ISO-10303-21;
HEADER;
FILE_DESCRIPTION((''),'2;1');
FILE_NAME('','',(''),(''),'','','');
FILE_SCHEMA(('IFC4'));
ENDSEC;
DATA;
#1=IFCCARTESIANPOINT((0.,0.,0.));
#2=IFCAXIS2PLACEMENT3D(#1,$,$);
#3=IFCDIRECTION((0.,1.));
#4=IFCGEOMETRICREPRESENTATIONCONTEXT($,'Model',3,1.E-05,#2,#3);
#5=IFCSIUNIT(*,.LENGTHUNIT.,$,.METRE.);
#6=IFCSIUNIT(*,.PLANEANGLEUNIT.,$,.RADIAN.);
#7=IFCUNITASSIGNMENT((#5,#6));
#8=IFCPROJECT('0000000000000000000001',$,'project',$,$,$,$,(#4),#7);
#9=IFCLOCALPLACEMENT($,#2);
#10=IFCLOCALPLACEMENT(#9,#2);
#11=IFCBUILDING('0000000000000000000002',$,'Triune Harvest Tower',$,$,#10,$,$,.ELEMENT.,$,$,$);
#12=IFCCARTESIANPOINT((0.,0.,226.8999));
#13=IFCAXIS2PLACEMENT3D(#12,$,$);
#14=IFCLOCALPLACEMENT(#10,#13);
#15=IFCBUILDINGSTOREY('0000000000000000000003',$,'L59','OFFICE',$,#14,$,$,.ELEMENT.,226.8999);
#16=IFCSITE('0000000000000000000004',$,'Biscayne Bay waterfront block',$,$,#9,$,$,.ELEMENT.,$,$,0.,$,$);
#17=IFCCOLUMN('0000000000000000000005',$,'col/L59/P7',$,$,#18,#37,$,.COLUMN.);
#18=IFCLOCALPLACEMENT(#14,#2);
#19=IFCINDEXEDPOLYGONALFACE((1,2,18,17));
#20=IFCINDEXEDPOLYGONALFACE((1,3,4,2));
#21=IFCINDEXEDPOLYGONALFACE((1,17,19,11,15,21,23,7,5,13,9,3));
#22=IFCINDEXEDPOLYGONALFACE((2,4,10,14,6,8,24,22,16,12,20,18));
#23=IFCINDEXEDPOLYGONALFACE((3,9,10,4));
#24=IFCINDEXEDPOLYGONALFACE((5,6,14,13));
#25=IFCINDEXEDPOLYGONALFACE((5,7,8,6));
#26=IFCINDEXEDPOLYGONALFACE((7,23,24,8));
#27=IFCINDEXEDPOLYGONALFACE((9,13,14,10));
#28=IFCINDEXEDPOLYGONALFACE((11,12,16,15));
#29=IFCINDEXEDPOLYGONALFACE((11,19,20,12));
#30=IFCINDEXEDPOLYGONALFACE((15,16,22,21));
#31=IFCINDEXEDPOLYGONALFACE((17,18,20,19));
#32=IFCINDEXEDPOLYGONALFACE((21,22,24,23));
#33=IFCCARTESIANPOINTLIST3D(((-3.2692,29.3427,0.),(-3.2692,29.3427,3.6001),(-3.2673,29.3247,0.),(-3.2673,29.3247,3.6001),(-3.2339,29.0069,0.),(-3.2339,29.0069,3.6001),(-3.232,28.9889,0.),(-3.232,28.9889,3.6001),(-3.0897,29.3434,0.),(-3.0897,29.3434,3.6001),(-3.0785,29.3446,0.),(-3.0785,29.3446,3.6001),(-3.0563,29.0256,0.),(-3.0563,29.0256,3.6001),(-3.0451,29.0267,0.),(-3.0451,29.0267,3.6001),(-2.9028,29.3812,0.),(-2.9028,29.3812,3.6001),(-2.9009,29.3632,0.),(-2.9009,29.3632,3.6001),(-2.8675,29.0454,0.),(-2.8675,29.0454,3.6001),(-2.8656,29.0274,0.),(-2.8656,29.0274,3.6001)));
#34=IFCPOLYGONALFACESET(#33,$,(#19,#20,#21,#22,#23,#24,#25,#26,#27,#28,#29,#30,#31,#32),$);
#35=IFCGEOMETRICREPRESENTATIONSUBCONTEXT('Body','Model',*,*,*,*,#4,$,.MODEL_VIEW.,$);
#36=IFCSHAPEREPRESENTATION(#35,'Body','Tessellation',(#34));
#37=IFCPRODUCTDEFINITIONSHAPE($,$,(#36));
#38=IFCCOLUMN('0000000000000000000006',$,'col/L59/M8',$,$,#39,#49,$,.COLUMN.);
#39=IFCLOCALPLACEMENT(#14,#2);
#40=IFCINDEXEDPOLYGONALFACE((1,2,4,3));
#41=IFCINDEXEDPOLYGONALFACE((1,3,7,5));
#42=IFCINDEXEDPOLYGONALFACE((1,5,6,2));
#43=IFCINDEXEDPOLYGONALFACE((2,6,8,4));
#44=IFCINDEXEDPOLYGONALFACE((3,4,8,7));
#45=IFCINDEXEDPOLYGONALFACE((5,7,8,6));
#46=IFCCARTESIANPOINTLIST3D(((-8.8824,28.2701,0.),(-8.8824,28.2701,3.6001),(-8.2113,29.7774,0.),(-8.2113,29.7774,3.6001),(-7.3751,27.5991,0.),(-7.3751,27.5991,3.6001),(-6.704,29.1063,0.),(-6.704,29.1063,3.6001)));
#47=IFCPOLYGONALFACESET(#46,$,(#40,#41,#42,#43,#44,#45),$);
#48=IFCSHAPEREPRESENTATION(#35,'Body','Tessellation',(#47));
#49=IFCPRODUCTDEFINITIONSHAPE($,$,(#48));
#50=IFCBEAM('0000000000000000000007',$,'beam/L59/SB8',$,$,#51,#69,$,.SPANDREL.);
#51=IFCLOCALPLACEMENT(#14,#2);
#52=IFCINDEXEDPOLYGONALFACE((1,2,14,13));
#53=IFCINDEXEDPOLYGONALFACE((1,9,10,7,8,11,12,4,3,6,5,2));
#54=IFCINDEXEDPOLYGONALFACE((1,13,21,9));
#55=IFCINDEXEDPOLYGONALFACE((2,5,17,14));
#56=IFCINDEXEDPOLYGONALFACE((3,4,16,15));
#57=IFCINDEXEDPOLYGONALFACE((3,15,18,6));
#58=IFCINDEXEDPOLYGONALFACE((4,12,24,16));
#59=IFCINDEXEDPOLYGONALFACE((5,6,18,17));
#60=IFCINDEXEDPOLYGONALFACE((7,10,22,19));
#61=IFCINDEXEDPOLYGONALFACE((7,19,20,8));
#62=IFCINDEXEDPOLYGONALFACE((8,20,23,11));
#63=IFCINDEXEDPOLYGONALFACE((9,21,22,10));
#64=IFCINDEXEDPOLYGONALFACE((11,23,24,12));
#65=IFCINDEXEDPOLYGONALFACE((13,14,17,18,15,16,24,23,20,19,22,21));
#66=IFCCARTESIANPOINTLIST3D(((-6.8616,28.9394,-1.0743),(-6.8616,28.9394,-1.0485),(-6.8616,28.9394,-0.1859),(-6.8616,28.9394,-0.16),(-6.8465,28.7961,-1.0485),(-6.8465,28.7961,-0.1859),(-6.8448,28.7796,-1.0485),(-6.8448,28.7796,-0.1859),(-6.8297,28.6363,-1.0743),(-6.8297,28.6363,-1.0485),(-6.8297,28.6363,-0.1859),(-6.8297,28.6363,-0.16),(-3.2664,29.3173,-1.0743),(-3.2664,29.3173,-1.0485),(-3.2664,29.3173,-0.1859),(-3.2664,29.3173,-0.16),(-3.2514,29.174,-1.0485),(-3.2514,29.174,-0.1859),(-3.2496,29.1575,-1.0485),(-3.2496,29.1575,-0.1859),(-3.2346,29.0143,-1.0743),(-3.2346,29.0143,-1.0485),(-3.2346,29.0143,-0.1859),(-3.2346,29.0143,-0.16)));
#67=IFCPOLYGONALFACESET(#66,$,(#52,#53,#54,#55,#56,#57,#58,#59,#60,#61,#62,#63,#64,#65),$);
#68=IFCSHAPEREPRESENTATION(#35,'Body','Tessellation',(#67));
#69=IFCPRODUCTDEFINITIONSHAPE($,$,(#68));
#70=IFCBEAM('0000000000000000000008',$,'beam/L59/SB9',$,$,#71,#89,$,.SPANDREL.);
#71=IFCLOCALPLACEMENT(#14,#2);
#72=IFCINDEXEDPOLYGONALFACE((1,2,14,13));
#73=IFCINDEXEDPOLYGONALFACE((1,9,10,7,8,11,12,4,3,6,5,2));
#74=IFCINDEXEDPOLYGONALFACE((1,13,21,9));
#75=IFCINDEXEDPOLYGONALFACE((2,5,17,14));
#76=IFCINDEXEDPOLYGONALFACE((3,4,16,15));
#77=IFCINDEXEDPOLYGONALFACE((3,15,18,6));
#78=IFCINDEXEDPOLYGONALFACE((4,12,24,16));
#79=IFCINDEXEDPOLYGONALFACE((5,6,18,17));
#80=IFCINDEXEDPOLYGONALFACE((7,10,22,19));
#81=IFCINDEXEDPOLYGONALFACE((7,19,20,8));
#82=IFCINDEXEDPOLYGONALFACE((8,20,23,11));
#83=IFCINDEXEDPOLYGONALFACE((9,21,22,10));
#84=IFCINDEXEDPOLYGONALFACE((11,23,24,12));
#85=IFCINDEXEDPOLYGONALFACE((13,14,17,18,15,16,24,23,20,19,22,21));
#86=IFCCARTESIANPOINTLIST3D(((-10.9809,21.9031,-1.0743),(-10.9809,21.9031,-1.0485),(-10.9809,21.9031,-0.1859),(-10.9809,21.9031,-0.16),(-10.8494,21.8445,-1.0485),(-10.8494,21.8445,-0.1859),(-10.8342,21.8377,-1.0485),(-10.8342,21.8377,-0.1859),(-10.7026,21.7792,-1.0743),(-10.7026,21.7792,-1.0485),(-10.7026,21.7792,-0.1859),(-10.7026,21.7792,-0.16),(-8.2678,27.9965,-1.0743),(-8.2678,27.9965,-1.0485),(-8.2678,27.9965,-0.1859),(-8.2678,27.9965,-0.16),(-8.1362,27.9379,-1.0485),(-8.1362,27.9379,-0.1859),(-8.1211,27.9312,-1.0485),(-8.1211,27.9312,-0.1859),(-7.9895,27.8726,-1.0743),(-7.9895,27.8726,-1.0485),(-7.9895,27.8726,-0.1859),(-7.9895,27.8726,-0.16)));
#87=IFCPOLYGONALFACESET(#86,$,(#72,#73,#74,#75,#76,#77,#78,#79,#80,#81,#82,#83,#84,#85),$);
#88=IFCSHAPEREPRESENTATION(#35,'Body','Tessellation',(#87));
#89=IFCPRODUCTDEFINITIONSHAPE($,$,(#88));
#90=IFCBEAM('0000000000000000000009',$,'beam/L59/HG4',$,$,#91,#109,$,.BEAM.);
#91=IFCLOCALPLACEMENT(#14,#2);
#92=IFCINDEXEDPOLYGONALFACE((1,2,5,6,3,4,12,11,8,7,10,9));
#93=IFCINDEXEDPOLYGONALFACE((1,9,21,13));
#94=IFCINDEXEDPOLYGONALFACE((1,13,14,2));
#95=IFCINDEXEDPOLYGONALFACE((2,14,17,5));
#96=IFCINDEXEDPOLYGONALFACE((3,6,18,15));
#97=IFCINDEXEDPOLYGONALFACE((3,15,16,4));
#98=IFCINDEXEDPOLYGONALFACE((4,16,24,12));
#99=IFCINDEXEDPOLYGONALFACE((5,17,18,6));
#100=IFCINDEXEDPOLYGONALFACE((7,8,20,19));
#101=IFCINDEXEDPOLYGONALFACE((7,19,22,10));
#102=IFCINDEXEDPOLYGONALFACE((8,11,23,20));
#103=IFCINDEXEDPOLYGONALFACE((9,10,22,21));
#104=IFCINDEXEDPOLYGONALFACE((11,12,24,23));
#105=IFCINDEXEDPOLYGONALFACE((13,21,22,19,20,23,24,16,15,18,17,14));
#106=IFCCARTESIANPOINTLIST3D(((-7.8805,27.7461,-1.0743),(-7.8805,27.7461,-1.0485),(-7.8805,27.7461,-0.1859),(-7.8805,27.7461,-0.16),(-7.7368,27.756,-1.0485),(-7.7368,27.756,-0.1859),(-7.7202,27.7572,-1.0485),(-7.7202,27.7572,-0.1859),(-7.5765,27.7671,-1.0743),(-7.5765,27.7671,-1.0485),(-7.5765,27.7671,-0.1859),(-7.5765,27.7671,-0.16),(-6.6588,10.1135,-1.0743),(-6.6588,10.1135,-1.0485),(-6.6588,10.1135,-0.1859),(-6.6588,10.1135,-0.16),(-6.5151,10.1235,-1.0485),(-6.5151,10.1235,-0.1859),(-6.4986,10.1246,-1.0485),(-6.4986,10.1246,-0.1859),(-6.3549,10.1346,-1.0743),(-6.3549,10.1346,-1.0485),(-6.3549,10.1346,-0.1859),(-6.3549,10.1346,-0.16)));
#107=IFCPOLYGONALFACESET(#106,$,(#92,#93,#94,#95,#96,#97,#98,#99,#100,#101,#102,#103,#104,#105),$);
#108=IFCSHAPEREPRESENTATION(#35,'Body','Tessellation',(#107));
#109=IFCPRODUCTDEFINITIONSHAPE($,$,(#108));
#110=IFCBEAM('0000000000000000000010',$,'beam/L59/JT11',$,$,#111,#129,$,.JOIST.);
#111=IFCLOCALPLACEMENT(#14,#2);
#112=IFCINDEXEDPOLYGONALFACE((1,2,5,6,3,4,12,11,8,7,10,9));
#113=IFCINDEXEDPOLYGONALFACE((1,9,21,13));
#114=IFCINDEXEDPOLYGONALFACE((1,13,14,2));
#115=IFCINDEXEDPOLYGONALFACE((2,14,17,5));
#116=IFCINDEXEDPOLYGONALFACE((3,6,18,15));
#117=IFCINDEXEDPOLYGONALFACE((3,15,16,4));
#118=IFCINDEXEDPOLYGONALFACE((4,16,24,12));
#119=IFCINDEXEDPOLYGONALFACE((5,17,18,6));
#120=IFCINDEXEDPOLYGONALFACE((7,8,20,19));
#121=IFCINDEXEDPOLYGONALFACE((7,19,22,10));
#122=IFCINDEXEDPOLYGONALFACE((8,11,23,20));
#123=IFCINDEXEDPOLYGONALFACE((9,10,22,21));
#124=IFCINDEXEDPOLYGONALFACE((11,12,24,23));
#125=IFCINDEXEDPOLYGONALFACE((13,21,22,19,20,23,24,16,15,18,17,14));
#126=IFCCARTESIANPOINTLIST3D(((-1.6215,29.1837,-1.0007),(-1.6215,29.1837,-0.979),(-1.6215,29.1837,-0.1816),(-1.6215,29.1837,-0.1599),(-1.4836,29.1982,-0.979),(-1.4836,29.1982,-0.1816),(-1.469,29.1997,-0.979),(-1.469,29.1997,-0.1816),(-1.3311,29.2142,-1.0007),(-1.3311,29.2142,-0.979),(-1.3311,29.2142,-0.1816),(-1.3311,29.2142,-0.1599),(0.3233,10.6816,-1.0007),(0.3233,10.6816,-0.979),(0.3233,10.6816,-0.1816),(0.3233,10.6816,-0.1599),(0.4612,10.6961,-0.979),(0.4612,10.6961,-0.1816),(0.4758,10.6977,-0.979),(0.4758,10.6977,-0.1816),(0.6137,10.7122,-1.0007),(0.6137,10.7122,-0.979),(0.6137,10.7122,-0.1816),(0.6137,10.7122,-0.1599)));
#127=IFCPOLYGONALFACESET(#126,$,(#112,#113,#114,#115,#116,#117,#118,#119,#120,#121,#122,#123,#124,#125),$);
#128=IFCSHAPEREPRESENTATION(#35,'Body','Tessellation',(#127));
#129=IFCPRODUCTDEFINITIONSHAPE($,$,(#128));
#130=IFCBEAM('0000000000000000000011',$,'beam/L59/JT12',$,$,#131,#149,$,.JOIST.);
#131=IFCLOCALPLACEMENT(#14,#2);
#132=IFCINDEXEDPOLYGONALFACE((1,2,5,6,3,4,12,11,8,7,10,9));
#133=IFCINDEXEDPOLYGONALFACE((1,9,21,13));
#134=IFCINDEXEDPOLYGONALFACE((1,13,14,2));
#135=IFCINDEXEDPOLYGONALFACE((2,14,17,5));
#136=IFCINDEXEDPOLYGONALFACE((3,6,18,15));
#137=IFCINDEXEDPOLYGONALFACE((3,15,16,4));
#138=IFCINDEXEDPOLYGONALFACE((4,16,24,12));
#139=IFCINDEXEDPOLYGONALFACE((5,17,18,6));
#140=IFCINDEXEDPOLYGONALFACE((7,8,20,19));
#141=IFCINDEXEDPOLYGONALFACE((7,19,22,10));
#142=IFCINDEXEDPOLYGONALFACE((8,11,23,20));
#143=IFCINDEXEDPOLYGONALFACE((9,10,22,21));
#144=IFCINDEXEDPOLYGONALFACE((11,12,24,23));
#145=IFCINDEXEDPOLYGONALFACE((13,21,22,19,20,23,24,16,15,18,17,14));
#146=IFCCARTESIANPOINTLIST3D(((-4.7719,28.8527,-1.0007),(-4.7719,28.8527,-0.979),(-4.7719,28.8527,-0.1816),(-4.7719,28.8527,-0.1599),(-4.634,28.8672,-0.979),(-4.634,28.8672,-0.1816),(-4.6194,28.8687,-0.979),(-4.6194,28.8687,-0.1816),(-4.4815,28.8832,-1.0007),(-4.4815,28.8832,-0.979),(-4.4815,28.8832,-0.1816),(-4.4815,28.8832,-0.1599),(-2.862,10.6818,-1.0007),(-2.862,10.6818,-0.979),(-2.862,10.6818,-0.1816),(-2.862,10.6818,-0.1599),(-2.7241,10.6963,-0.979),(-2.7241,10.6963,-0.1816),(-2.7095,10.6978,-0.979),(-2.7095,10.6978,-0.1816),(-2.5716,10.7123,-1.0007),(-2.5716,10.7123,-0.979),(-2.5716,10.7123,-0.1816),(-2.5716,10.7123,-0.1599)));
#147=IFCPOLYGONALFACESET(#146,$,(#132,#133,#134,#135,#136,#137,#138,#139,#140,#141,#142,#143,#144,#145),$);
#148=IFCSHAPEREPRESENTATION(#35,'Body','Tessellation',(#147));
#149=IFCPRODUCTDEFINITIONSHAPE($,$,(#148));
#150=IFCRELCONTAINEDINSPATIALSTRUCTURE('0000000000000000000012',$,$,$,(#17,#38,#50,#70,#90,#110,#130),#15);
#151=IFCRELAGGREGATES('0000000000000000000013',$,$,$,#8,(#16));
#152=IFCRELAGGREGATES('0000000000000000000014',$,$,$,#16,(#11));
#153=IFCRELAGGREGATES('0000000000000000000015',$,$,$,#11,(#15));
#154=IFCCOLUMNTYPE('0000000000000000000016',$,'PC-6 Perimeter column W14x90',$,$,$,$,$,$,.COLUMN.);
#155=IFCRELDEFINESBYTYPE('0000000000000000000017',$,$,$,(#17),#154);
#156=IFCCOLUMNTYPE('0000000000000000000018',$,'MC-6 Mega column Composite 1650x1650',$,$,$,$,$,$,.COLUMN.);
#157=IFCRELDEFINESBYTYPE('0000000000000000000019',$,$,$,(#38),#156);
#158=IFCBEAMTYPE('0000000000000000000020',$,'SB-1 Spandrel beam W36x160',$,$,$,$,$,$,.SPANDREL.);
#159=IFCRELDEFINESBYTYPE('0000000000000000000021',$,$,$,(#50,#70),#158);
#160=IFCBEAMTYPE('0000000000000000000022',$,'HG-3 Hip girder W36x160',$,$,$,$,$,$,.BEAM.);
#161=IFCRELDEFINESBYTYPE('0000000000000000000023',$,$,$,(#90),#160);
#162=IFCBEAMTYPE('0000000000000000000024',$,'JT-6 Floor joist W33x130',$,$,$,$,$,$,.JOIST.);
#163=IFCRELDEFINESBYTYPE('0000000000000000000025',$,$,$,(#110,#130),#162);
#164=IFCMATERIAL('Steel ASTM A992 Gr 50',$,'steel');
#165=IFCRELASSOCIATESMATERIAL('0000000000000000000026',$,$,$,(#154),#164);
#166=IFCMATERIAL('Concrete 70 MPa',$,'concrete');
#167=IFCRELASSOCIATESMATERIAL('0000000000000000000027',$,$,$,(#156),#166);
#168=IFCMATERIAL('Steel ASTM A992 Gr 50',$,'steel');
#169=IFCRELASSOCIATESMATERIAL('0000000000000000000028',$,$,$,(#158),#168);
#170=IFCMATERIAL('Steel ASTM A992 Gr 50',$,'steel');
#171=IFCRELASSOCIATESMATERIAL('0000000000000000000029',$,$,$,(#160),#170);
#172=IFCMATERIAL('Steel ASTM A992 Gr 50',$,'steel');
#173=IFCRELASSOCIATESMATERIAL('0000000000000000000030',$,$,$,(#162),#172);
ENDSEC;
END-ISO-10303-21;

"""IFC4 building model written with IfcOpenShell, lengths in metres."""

from ifc_helpers import new_model, si_unit, direction, frame, origin, origin_2d, place, context, subcontext, project, spatial, rectangle, i_section, extrude, source, transform, mapped, material, material_profile, profile_set, type_object, element, save


model = new_model("IFC4")

# Units and contexts
model_context = context("Model", 3, precision=1e-05, world=origin(), true_north=direction((0.0, 1.0)))
body_context = subcontext(model_context, "Body", "Model", "MODEL_VIEW")
ifc_project = project(units=[si_unit("LENGTHUNIT", "METRE"), si_unit("PLANEANGLEUNIT", "RADIAN")], contexts=[model_context])

# Site, building, storey
site_placement = place(None, origin())
site = spatial("IfcSite", under=ifc_project, at=site_placement, Name="Biscayne Bay waterfront block", CompositionType="ELEMENT", RefElevation=0.0)
building_placement = place(site_placement, origin())
building = spatial("IfcBuilding", under=site, at=building_placement, Name="Triune Harvest Tower", CompositionType="ELEMENT")
storey_placement = place(building_placement, frame((0.0, 0.0, 226.8999)))
storey = spatial("IfcBuildingStorey", under=building, at=storey_placement, Name="L59", Description="OFFICE", CompositionType="ELEMENT", Elevation=226.8999)

# Columns
ifc_material_1 = material(Name="Steel ASTM A992 Gr 50", Category="steel")
ifc_material_profile_1 = material_profile(ifc_material_1, i_section(OverallWidth=0.3684, OverallDepth=0.3557, WebThickness=0.0112, FlangeThickness=0.0181, at=origin_2d()), Name="W14x90")
ifc_profile_set_1 = profile_set([ifc_material_profile_1], Name="Steel ASTM A992 Gr 50")
column_type_1 = type_object("IfcColumnType", Name="PC-6 Perimeter column W14x90", PredefinedType="COLUMN", material=ifc_profile_set_1)
shared_shape_1 = source(origin(), body_context, "Body", "SweptSolid", [
    extrude(i_section(OverallWidth=0.3684, OverallDepth=0.3557, WebThickness=0.0112, FlangeThickness=0.0181, at=origin_2d()), origin(), (0.0, 0.0, 1.0), 3.6001),
])
column_1_placement = place(storey_placement, frame((-3.0674, 29.1851, 0.0), z_axis=(0.0, 0.0, 1.0), x_axis=(-0.994522, -0.104528, 0.0)))
element("IfcColumn", 1, at=column_1_placement, inside=storey, type_object=column_type_1, Name="col/L59/P7", PredefinedType="COLUMN", context=body_context, shape_type="MappedRepresentation", body=[
    mapped(shared_shape_1, transform((0.0, 0.0, 0.0), scale=1.0)),
])
ifc_material_2 = material(Name="Concrete 70 MPa", Category="concrete")
ifc_material_profile_2 = material_profile(ifc_material_2, rectangle(XDim=1.6499, YDim=1.6499, at=origin_2d()), Name="Composite 1650x1650")
ifc_profile_set_2 = profile_set([ifc_material_profile_2], Name="Concrete 70 MPa")
column_type_2 = type_object("IfcColumnType", Name="MC-6 Mega column Composite 1650x1650", PredefinedType="COLUMN", material=ifc_profile_set_2)
shared_shape_2 = source(origin(), body_context, "Body", "SweptSolid", [
    extrude(rectangle(XDim=1.6499, YDim=1.6499, at=origin_2d()), origin(), (0.0, 0.0, 1.0), 3.6001),
])
column_2_placement = place(storey_placement, frame((-7.7932, 28.6882, 0.0), z_axis=(0.0, 0.0, 1.0), x_axis=(-0.406738, -0.913545, 0.0)))
element("IfcColumn", 2, at=column_2_placement, inside=storey, type_object=column_type_2, Name="col/L59/M8", PredefinedType="COLUMN", context=body_context, shape_type="MappedRepresentation", body=[
    mapped(shared_shape_2, transform((0.0, 0.0, 0.0), scale=1.0)),
])

# Beams
ifc_material_3 = material(Name="Steel ASTM A992 Gr 50", Category="steel")
ifc_material_profile_3 = material_profile(ifc_material_3, i_section(OverallWidth=0.3047, OverallDepth=0.9143, WebThickness=0.0166, FlangeThickness=0.0259, at=origin_2d()), Name="W36x160")
ifc_profile_set_3 = profile_set([ifc_material_profile_3], Name="Steel ASTM A992 Gr 50")
beam_type_1 = type_object("IfcBeamType", Name="SB-1 Spandrel beam W36x160", PredefinedType="SPANDREL", material=ifc_profile_set_3)
shared_shape_3 = source(origin(), body_context, "Body", "SweptSolid", [
    extrude(i_section(OverallWidth=0.3047, OverallDepth=0.9143, WebThickness=0.0166, FlangeThickness=0.0259, at=origin_2d()), origin(), (0.0, 0.0, 1.0), 3.615),
])
beam_1_placement = place(storey_placement, frame((-3.2505, 29.1658, -0.6172), z_axis=(-0.99452, -0.104544, 0.0), x_axis=(0.104544, -0.99452, 0.0)))
element("IfcBeam", 3, at=beam_1_placement, inside=storey, type_object=beam_type_1, Name="beam/L59/SB8", PredefinedType="SPANDREL", context=body_context, shape_type="MappedRepresentation", body=[
    mapped(shared_shape_3, transform((0.0, 0.0, 0.0), scale=1.0)),
])
shared_shape_4 = source(origin(), body_context, "Body", "SweptSolid", [
    extrude(i_section(OverallWidth=0.3047, OverallDepth=0.9143, WebThickness=0.0166, FlangeThickness=0.0259, at=origin_2d()), origin(), (0.0, 0.0, 1.0), 6.6702),
])
beam_2_placement = place(storey_placement, frame((-8.1287, 27.9346, -0.6172), z_axis=(-0.406753, -0.913538, 0.0), x_axis=(0.913538, -0.406753, 0.0)))
element("IfcBeam", 4, at=beam_2_placement, inside=storey, type_object=beam_type_1, Name="beam/L59/SB9", PredefinedType="SPANDREL", context=body_context, shape_type="MappedRepresentation", body=[
    mapped(shared_shape_4, transform((0.0, 0.0, 0.0), scale=1.0)),
])
ifc_material_4 = material(Name="Steel ASTM A992 Gr 50", Category="steel")
ifc_material_profile_4 = material_profile(ifc_material_4, i_section(OverallWidth=0.3047, OverallDepth=0.9143, WebThickness=0.0166, FlangeThickness=0.0259, at=origin_2d()), Name="W36x160")
ifc_profile_set_4 = profile_set([ifc_material_profile_4], Name="Steel ASTM A992 Gr 50")
beam_type_2 = type_object("IfcBeamType", Name="HG-3 Hip girder W36x160", PredefinedType="BEAM", material=ifc_profile_set_4)
shared_shape_5 = source(origin(), body_context, "Body", "SweptSolid", [
    extrude(i_section(OverallWidth=0.3047, OverallDepth=0.9143, WebThickness=0.0166, FlangeThickness=0.0259, at=origin_2d()), origin(), (0.0, 0.0, 1.0), 17.6748),
])
beam_3_placement = place(storey_placement, frame((-7.7285, 27.7566, -0.6172), z_axis=(0.06912, -0.997608, 0.0), x_axis=(0.997608, 0.06912, 0.0)))
element("IfcBeam", 5, at=beam_3_placement, inside=storey, type_object=beam_type_2, Name="beam/L59/HG4", PredefinedType="BEAM", context=body_context, shape_type="MappedRepresentation", body=[
    mapped(shared_shape_5, transform((0.0, 0.0, 0.0), scale=1.0)),
])
ifc_material_5 = material(Name="Steel ASTM A992 Gr 50", Category="steel")
ifc_material_profile_5 = material_profile(ifc_material_5, i_section(OverallWidth=0.292, OverallDepth=0.8408, WebThickness=0.0146, FlangeThickness=0.0217, at=origin_2d()), Name="W33x130")
ifc_profile_set_5 = profile_set([ifc_material_profile_5], Name="Steel ASTM A992 Gr 50")
beam_type_3 = type_object("IfcBeamType", Name="JT-6 Floor joist W33x130", PredefinedType="JOIST", material=ifc_profile_set_5)
shared_shape_6 = source(origin(), body_context, "Body", "SweptSolid", [
    extrude(i_section(OverallWidth=0.292, OverallDepth=0.8408, WebThickness=0.0146, FlangeThickness=0.0217, at=origin_2d()), origin(), (0.0, 0.0, 1.0), 18.604),
])
beam_4_placement = place(storey_placement, frame((-1.4763, 29.199, -0.5803), z_axis=(0.104539, -0.994521, 0.0), x_axis=(0.994521, 0.104539, 0.0)))
element("IfcBeam", 6, at=beam_4_placement, inside=storey, type_object=beam_type_3, Name="beam/L59/JT11", PredefinedType="JOIST", context=body_context, shape_type="MappedRepresentation", body=[
    mapped(shared_shape_6, transform((0.0, 0.0, 0.0), scale=1.0)),
])
shared_shape_7 = source(origin(), body_context, "Body", "SweptSolid", [
    extrude(i_section(OverallWidth=0.292, OverallDepth=0.8408, WebThickness=0.0146, FlangeThickness=0.0217, at=origin_2d()), origin(), (0.0, 0.0, 1.0), 18.271),
])
beam_5_placement = place(storey_placement, frame((-4.6267, 28.8679, -0.5803), z_axis=(0.104532, -0.994521, 0.0), x_axis=(0.994521, 0.104532, 0.0)))
element("IfcBeam", 7, at=beam_5_placement, inside=storey, type_object=beam_type_3, Name="beam/L59/JT12", PredefinedType="JOIST", context=body_context, shape_type="MappedRepresentation", body=[
    mapped(shared_shape_7, transform((0.0, 0.0, 0.0), scale=1.0)),
])

save(model, "model.ifc")
